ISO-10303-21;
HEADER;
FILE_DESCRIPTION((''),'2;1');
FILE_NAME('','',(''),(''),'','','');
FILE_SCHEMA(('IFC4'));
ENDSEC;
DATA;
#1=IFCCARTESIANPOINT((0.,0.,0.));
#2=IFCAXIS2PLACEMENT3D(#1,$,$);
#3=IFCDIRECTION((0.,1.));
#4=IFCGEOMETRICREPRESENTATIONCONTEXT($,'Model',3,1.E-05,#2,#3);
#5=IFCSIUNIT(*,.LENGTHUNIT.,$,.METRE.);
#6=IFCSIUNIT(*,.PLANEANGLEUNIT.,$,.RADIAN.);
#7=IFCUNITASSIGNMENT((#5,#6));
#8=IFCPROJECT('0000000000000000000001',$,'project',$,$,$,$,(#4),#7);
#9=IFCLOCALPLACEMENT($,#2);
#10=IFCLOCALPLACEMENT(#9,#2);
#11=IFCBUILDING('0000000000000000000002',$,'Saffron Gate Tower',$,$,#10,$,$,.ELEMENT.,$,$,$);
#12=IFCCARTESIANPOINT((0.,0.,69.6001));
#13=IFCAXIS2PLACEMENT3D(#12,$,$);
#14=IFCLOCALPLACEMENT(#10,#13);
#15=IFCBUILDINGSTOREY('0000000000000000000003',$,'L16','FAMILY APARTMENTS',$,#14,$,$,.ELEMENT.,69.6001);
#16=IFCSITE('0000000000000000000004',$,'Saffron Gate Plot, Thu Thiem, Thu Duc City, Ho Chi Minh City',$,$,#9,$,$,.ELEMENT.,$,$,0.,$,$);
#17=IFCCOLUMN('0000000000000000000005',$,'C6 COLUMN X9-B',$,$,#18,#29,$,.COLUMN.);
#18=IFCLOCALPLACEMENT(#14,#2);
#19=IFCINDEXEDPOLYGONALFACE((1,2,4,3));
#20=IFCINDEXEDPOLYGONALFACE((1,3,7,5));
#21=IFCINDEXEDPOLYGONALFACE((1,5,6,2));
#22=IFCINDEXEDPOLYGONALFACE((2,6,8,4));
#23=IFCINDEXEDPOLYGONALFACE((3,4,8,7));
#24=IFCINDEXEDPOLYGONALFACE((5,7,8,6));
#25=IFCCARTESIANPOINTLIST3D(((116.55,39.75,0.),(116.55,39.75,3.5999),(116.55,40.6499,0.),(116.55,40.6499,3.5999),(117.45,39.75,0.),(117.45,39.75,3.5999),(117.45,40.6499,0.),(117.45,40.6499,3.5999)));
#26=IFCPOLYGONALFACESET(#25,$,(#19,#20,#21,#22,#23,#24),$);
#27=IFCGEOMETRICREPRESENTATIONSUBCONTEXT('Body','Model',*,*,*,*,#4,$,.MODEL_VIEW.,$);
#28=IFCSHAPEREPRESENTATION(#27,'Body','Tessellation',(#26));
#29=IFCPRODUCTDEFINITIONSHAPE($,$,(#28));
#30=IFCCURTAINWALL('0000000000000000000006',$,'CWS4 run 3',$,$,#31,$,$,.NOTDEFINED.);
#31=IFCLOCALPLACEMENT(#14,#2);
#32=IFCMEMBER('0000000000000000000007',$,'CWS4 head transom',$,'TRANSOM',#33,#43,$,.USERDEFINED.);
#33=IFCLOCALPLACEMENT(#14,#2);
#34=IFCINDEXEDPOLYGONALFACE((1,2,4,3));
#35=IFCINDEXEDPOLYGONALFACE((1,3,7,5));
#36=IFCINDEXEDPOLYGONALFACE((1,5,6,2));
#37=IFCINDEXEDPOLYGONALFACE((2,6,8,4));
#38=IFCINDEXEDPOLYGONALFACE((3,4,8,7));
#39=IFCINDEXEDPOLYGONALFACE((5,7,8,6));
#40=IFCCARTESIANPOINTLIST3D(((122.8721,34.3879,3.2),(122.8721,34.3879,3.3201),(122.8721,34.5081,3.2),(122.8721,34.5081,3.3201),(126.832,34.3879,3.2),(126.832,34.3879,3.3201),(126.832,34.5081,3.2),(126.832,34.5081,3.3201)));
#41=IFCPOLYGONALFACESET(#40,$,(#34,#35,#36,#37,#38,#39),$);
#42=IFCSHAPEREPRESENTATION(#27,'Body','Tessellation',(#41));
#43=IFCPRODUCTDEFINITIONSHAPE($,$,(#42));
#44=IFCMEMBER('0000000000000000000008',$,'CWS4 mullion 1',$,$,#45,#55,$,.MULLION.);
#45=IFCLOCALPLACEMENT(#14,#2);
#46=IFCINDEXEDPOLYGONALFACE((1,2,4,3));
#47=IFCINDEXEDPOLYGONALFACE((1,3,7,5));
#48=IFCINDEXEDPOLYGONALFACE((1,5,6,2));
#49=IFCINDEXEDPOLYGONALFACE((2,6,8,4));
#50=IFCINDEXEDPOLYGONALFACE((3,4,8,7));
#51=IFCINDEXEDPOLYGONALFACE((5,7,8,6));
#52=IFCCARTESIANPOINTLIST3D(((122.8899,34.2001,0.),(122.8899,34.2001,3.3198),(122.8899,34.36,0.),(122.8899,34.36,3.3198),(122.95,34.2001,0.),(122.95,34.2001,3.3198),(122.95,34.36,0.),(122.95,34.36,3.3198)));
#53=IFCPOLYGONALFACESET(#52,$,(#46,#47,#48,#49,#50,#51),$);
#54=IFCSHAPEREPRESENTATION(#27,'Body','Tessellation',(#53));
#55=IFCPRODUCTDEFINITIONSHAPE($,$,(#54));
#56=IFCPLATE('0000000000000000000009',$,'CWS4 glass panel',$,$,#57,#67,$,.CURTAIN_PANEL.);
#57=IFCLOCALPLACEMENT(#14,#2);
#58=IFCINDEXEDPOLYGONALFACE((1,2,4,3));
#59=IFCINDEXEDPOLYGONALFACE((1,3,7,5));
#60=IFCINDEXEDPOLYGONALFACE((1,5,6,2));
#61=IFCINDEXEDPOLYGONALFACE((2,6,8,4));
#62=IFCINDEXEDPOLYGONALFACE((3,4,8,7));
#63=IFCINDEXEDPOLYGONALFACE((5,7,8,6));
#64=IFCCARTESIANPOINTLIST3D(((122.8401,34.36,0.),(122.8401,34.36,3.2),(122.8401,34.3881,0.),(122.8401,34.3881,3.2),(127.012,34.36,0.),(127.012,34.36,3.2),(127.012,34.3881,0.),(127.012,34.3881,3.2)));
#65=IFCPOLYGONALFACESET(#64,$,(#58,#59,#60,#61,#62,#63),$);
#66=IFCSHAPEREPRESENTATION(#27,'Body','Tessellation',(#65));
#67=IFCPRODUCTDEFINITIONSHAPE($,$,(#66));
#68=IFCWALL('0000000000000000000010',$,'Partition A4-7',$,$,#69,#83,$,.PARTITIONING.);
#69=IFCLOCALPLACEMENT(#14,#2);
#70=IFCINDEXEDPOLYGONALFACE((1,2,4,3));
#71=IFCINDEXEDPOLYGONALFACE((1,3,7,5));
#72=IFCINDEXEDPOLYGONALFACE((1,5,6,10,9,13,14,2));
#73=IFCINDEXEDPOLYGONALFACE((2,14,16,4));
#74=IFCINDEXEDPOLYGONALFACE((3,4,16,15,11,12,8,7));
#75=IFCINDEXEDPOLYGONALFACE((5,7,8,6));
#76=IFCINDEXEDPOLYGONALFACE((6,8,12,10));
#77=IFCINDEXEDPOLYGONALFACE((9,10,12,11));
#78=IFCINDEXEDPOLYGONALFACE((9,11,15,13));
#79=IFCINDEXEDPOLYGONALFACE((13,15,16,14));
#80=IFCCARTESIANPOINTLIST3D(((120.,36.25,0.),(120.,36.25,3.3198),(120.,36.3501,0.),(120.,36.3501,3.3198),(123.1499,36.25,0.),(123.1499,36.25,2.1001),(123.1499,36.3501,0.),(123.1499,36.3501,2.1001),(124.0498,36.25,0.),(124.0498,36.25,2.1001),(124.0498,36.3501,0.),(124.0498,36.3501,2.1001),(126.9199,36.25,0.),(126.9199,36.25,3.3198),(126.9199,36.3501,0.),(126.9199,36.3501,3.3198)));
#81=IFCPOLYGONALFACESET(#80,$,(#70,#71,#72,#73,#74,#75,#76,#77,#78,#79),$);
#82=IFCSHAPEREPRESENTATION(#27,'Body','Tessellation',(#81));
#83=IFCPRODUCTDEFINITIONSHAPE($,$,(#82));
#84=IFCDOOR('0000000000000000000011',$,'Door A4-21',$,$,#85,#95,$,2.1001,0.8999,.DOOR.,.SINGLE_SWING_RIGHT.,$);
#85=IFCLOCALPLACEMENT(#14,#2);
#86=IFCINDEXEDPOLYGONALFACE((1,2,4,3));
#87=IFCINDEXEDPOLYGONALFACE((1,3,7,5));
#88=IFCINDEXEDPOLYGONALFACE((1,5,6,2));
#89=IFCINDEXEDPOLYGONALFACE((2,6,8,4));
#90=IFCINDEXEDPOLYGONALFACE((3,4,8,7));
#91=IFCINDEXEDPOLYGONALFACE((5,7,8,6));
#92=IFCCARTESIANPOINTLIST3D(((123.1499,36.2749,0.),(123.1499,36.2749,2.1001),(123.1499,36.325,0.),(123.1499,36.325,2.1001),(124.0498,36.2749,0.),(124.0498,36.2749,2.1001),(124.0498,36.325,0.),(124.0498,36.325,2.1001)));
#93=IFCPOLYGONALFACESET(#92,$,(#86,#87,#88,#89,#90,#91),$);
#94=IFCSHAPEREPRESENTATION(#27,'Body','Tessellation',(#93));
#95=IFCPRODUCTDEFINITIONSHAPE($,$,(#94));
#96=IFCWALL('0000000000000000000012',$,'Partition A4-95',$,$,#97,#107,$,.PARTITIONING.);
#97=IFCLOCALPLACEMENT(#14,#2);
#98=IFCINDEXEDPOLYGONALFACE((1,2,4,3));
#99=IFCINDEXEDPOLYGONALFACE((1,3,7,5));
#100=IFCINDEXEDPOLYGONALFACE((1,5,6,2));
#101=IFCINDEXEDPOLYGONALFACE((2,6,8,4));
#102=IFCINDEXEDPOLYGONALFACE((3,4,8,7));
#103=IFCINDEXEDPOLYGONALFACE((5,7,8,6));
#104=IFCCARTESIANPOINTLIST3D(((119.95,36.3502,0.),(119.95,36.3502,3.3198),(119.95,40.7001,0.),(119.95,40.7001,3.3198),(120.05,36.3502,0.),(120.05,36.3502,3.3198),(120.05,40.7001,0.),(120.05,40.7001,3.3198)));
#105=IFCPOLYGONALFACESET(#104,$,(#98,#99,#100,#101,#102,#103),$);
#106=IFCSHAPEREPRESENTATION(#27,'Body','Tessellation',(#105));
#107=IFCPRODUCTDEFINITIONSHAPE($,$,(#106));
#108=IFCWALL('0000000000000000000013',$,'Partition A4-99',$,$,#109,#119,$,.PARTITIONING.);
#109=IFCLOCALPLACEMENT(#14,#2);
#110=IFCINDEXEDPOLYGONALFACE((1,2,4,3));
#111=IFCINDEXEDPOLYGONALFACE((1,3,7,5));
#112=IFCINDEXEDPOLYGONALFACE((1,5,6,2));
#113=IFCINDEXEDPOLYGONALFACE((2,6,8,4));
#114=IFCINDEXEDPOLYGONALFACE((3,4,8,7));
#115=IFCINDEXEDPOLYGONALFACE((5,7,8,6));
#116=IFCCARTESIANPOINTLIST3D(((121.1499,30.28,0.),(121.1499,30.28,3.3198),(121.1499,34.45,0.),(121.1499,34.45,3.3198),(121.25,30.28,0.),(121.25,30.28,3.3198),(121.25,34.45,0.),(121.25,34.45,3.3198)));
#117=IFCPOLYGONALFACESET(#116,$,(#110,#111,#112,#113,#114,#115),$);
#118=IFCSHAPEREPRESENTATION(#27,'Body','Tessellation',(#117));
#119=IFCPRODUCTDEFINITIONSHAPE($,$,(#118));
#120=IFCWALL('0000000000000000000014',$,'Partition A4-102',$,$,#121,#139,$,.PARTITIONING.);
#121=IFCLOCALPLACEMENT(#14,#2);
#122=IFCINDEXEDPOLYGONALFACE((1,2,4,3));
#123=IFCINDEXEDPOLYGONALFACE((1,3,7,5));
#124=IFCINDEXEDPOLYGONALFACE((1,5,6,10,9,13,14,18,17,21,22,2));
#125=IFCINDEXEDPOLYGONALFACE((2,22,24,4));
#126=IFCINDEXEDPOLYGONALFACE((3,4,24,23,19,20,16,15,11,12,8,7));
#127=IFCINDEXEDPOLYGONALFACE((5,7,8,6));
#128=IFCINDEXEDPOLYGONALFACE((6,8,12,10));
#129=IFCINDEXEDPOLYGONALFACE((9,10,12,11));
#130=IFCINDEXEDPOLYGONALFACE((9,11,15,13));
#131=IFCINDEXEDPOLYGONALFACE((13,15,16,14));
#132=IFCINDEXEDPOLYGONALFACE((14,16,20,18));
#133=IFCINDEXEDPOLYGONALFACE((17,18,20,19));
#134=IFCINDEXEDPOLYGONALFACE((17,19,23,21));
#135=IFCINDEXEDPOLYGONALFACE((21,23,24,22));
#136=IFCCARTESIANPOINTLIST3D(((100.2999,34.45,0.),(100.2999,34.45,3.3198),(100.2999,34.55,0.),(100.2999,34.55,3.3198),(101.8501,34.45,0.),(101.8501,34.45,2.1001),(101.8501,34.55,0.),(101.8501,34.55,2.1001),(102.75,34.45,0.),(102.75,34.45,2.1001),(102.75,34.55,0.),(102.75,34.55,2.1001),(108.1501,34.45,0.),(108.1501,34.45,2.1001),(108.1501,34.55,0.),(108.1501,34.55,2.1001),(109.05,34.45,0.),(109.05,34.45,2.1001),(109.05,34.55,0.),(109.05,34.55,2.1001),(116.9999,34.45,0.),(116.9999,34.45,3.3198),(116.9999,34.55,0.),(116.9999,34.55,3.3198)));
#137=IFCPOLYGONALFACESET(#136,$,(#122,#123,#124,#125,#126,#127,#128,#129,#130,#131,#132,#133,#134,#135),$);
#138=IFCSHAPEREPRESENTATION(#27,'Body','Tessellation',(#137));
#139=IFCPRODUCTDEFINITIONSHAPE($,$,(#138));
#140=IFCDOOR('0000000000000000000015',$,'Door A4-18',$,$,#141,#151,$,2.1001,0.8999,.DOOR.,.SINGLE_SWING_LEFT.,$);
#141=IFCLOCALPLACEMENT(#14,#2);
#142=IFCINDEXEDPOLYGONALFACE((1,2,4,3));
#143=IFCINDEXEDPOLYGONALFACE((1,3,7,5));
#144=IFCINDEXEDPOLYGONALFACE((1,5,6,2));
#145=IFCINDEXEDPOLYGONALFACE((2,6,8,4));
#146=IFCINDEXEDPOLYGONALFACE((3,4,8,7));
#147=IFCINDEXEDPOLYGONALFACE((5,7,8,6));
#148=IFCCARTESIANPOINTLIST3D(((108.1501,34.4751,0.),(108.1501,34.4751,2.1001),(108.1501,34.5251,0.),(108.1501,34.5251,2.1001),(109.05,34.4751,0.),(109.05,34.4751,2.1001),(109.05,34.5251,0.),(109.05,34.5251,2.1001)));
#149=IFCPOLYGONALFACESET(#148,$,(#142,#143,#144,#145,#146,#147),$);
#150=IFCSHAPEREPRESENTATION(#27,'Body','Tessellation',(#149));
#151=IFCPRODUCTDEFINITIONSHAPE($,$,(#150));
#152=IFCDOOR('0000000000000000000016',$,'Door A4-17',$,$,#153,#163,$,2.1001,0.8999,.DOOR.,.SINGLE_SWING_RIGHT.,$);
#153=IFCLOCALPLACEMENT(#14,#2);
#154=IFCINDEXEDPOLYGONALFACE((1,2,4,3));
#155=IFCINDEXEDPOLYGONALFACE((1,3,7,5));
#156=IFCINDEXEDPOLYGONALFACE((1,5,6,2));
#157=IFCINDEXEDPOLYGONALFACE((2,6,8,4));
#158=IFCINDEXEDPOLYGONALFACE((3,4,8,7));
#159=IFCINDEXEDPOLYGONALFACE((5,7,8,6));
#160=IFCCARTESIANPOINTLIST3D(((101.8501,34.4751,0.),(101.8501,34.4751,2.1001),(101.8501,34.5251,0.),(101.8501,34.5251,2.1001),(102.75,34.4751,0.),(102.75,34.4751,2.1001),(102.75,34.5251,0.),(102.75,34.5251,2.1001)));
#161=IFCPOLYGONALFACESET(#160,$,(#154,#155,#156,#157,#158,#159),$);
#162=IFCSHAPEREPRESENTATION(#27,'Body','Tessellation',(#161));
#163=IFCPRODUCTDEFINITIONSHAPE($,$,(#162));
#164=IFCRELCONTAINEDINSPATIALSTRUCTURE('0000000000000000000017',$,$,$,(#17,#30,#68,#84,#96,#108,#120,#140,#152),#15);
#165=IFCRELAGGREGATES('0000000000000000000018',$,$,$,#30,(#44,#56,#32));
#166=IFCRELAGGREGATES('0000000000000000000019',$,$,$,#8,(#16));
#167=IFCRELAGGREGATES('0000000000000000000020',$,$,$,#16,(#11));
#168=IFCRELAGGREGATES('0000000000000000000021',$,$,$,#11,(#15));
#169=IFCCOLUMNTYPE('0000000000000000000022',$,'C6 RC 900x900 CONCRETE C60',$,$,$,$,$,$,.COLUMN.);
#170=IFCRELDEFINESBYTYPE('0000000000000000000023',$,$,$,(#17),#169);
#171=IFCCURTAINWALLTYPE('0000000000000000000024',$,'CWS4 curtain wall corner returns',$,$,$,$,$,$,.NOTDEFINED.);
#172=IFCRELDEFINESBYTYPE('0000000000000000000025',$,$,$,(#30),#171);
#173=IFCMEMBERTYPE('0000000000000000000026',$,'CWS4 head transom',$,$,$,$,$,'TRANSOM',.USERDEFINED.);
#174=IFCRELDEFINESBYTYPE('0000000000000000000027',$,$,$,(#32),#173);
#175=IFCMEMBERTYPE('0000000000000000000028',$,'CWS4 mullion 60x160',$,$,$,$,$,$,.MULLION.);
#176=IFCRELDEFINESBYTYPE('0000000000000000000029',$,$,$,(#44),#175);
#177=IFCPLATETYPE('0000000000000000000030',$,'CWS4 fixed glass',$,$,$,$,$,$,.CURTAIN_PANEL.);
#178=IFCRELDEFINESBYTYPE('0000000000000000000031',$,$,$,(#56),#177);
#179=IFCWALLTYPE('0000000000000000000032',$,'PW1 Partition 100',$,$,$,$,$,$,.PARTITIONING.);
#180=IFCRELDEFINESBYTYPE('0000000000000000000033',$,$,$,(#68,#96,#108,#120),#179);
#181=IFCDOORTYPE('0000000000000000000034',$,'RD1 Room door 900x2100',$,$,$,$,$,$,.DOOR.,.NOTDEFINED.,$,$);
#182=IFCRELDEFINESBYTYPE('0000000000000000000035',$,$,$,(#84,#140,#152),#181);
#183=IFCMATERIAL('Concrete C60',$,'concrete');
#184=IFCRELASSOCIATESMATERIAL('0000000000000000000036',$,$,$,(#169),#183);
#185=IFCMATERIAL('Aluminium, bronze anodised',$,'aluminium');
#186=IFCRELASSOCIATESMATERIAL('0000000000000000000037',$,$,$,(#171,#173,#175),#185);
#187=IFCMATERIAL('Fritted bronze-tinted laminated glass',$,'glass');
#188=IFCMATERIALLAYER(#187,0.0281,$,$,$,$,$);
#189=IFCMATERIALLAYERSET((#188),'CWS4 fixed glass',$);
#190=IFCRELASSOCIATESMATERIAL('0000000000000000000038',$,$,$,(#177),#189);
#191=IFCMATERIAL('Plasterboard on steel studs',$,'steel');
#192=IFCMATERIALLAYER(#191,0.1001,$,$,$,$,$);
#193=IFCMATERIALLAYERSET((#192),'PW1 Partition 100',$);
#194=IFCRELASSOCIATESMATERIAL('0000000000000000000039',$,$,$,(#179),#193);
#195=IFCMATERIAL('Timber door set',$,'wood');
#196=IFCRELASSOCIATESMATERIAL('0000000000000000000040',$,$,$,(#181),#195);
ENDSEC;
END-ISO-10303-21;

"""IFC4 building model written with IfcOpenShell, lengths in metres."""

from ifc_helpers import new_model, si_unit, direction, frame, frame_2d, origin, origin_2d, place, context, subcontext, project, spatial, rectangle, extrude, material, layer, layer_set, material_profile, profile_set, type_object, element, fill, aggregate, save


model = new_model("IFC4")

# Units and contexts
model_context = context("Model", 3, precision=1e-05, world=origin(), true_north=direction((0.0, 1.0)))
body_context = subcontext(model_context, "Body", "Model", "MODEL_VIEW")
ifc_project = project(units=[si_unit("LENGTHUNIT", "METRE"), si_unit("PLANEANGLEUNIT", "RADIAN")], contexts=[model_context])

# Site, building, storey
site_placement = place(None, origin())
site = spatial("IfcSite", under=ifc_project, at=site_placement, Name="Saffron Gate Plot, Thu Thiem, Thu Duc City, Ho Chi Minh City", CompositionType="ELEMENT", RefElevation=0.0)
building_placement = place(site_placement, origin())
building = spatial("IfcBuilding", under=site, at=building_placement, Name="Saffron Gate Tower", CompositionType="ELEMENT")
storey_placement = place(building_placement, frame((0.0, 0.0, 69.6001)))
storey = spatial("IfcBuildingStorey", under=building, at=storey_placement, Name="L16", Description="FAMILY APARTMENTS", CompositionType="ELEMENT", Elevation=69.6001)

# Column
ifc_material_1 = material(Name="Concrete C60", Category="concrete")
ifc_material_profile_1 = material_profile(ifc_material_1, rectangle(XDim=0.8999, YDim=0.8999, at=origin_2d()))
ifc_profile_set_1 = profile_set([ifc_material_profile_1], Name="Concrete C60")
column_type = type_object("IfcColumnType", Name="C6 RC 900x900 CONCRETE C60", PredefinedType="COLUMN", material=ifc_profile_set_1)
column_placement = place(storey_placement, frame((117.0, 40.2, 0.0), z_axis=(0.0, 0.0, 1.0), x_axis=(1.0, 0.0, 0.0)))
element("IfcColumn", 1, at=column_placement, inside=storey, type_object=column_type, Name="C6 COLUMN X9-B", PredefinedType="COLUMN", context=body_context, shape_type="SweptSolid", body=[
    extrude(rectangle(XDim=0.8999, YDim=0.8999, at=origin_2d()), origin(), (0.0, 0.0, 1.0), 3.5999),
])

# Curtain wall, members, plate
ifc_material_2 = material(Name="Aluminium, bronze anodised", Category="aluminium")
curtain_wall_type = type_object("IfcCurtainWallType", Name="CWS4 curtain wall corner returns", PredefinedType="NOTDEFINED", material=ifc_material_2)
curtain_wall_placement = place(storey_placement, origin())
curtain_wall = element("IfcCurtainWall", 2, at=curtain_wall_placement, inside=storey, type_object=curtain_wall_type, Name="CWS4 run 3", PredefinedType="NOTDEFINED")
ifc_material_profile_2 = material_profile(ifc_material_2, rectangle(XDim=0.1201, YDim=0.1201, at=origin_2d()))
ifc_profile_set_2 = profile_set([ifc_material_profile_2], Name="Aluminium, bronze anodised")
member_type_1 = type_object("IfcMemberType", Name="CWS4 head transom", ElementType="TRANSOM", PredefinedType="USERDEFINED", material=ifc_profile_set_2)
member_1_placement = place(storey_placement, frame((122.8721, 34.448, 3.26), z_axis=(1.0, 0.0, 0.0), x_axis=(0.0, 1.0, 0.0)))
member_1 = element("IfcMember", 3, at=member_1_placement, type_object=member_type_1, Name="CWS4 head transom", ObjectType="TRANSOM", PredefinedType="USERDEFINED", context=body_context, shape_type="SweptSolid", body=[
    extrude(rectangle(XDim=0.1201, YDim=0.1201, at=origin_2d()), origin(), (0.0, 0.0, 1.0), 3.96),
])
ifc_material_profile_3 = material_profile(ifc_material_2, rectangle(XDim=0.1599, YDim=0.0601, at=origin_2d()))
ifc_profile_set_3 = profile_set([ifc_material_profile_3], Name="Aluminium, bronze anodised")
member_type_2 = type_object("IfcMemberType", Name="CWS4 mullion 60x160", PredefinedType="MULLION", material=ifc_profile_set_3)
member_2_placement = place(storey_placement, frame((122.9199, 34.28, 0.0), z_axis=(0.0, 0.0, 1.0), x_axis=(0.0, 1.0, 0.0)))
member_2 = element("IfcMember", 4, at=member_2_placement, type_object=member_type_2, Name="CWS4 mullion 1", PredefinedType="MULLION", context=body_context, shape_type="SweptSolid", body=[
    extrude(rectangle(XDim=0.1599, YDim=0.0601, at=origin_2d()), origin(), (0.0, 0.0, 1.0), 3.3198),
])
ifc_material_3 = material(Name="Fritted bronze-tinted laminated glass", Category="glass")
ifc_layer_1 = layer(ifc_material_3, 0.0281)
ifc_layer_set_1 = layer_set([ifc_layer_1], Name="CWS4 fixed glass")
plate_type = type_object("IfcPlateType", Name="CWS4 fixed glass", PredefinedType="CURTAIN_PANEL", material=ifc_layer_set_1)
plate_placement = place(storey_placement, frame((122.8401, 34.374, 0.0), z_axis=(0.0, 0.0, 1.0), x_axis=(1.0, 0.0, 0.0)))
plate = element("IfcPlate", 5, at=plate_placement, type_object=plate_type, Name="CWS4 glass panel", PredefinedType="CURTAIN_PANEL", context=body_context, shape_type="SweptSolid", body=[
    extrude(rectangle(XDim=4.1719, YDim=0.0281, at=frame_2d((2.0859, 0.0))), origin(), (0.0, 0.0, 1.0), 3.2),
])
aggregate(curtain_wall, [member_2, plate, member_1])

# Wall, opening, door
ifc_material_4 = material(Name="Plasterboard on steel studs", Category="steel")
ifc_layer_2 = layer(ifc_material_4, 0.1001)
ifc_layer_set_2 = layer_set([ifc_layer_2], Name="PW1 Partition 100")
wall_type_1 = type_object("IfcWallType", Name="PW1 Partition 100", PredefinedType="PARTITIONING", material=ifc_layer_set_2)
wall_1_placement = place(storey_placement, frame((120.0, 36.3, 0.0), z_axis=(0.0, 0.0, 1.0), x_axis=(1.0, 0.0, 0.0)))
wall_1 = element("IfcWall", 6, at=wall_1_placement, inside=storey, type_object=wall_type_1, Name="Partition A4-7", PredefinedType="PARTITIONING", context=body_context, shape_type="SweptSolid", body=[
    extrude(rectangle(XDim=6.9199, YDim=0.1001, at=frame_2d((3.46, 0.0))), origin(), (0.0, 0.0, 1.0), 3.3198),
])
opening_1_placement = place(wall_1_placement, frame((3.1499, 0.0, 0.0)))
opening_1 = element("IfcOpeningElement", 7, at=opening_1_placement, cuts=wall_1, PredefinedType="OPENING", context=body_context, shape_type="SweptSolid", body=[
    extrude(rectangle(XDim=0.8999, YDim=2.1001, at=frame_2d((0.45, 1.05))), frame((0.0, 0.0601, 0.0), z_axis=(0.0, -1.0, 0.0), x_axis=(1.0, 0.0, 0.0)), (0.0, 0.0, 1.0), 0.1201),
])
ifc_material_5 = material(Name="Timber door set", Category="wood")
door_type_1 = type_object("IfcDoorType", Name="RD1 Room door 900x2100", OperationType="NOTDEFINED", PredefinedType="DOOR", material=ifc_material_5)
door_1_placement = place(opening_1_placement, origin())
door_1 = element("IfcDoor", 8, at=door_1_placement, inside=storey, type_object=door_type_1, Name="Door A4-21", OperationType="SINGLE_SWING_RIGHT", OverallHeight=2.1001, OverallWidth=0.8999, PredefinedType="DOOR", context=body_context, shape_type="SweptSolid", body=[
    extrude(rectangle(XDim=0.8999, YDim=2.1001, at=frame_2d((0.45, 1.05))), frame((0.0, 0.0249, 0.0), z_axis=(0.0, -1.0, 0.0), x_axis=(1.0, 0.0, 0.0)), (0.0, 0.0, 1.0), 0.05),
])
fill(opening_1, door_1)

# Walls
wall_2_placement = place(storey_placement, frame((120.0, 40.7, 0.0), z_axis=(0.0, 0.0, 1.0), x_axis=(0.0, -1.0, 0.0)))
element("IfcWall", 9, at=wall_2_placement, inside=storey, type_object=wall_type_1, Name="Partition A4-95", PredefinedType="PARTITIONING", context=body_context, shape_type="SweptSolid", body=[
    extrude(rectangle(XDim=4.3499, YDim=0.1001, at=frame_2d((2.1748, 0.0))), origin(), (0.0, 0.0, 1.0), 3.3198),
])
wall_3_placement = place(storey_placement, frame((121.2, 34.45, 0.0), z_axis=(0.0, 0.0, 1.0), x_axis=(0.0, -1.0, 0.0)))
element("IfcWall", 10, at=wall_3_placement, inside=storey, type_object=wall_type_1, Name="Partition A4-99", PredefinedType="PARTITIONING", context=body_context, shape_type="SweptSolid", body=[
    extrude(rectangle(XDim=4.1699, YDim=0.1001, at=frame_2d((2.085, 0.0))), origin(), (0.0, 0.0, 1.0), 3.3198),
])

# Wall, openings, doors
wall_4_placement = place(storey_placement, frame((117.0, 34.5, 0.0), z_axis=(0.0, 0.0, 1.0), x_axis=(-1.0, 0.0, 0.0)))
wall_4 = element("IfcWall", 11, at=wall_4_placement, inside=storey, type_object=wall_type_1, Name="Partition A4-102", PredefinedType="PARTITIONING", context=body_context, shape_type="SweptSolid", body=[
    extrude(rectangle(XDim=16.7, YDim=0.1001, at=frame_2d((8.3501, 0.0))), origin(), (0.0, 0.0, 1.0), 3.3198),
])
opening_2_placement = place(wall_4_placement, frame((7.95, 0.0, 0.0)))
opening_2 = element("IfcOpeningElement", 12, at=opening_2_placement, cuts=wall_4, PredefinedType="OPENING", context=body_context, shape_type="SweptSolid", body=[
    extrude(rectangle(XDim=0.8999, YDim=2.1001, at=frame_2d((0.45, 1.05))), frame((0.0, 0.0601, 0.0), z_axis=(0.0, -1.0, 0.0), x_axis=(1.0, 0.0, 0.0)), (0.0, 0.0, 1.0), 0.1201),
])
opening_3_placement = place(wall_4_placement, frame((14.25, 0.0, 0.0)))
opening_3 = element("IfcOpeningElement", 13, at=opening_3_placement, cuts=wall_4, PredefinedType="OPENING", context=body_context, shape_type="SweptSolid", body=[
    extrude(rectangle(XDim=0.8999, YDim=2.1001, at=frame_2d((0.45, 1.05))), frame((0.0, 0.0601, 0.0), z_axis=(0.0, -1.0, 0.0), x_axis=(1.0, 0.0, 0.0)), (0.0, 0.0, 1.0), 0.1201),
])
door_2_placement = place(opening_2_placement, origin())
door_2 = element("IfcDoor", 14, at=door_2_placement, inside=storey, type_object=door_type_1, Name="Door A4-18", OperationType="SINGLE_SWING_LEFT", OverallHeight=2.1001, OverallWidth=0.8999, PredefinedType="DOOR", context=body_context, shape_type="SweptSolid", body=[
    extrude(rectangle(XDim=0.8999, YDim=2.1001, at=frame_2d((0.45, 1.05))), frame((0.0, 0.0249, 0.0), z_axis=(0.0, -1.0, 0.0), x_axis=(1.0, 0.0, 0.0)), (0.0, 0.0, 1.0), 0.05),
])
fill(opening_2, door_2)
door_3_placement = place(opening_3_placement, origin())
door_3 = element("IfcDoor", 15, at=door_3_placement, inside=storey, type_object=door_type_1, Name="Door A4-17", OperationType="SINGLE_SWING_RIGHT", OverallHeight=2.1001, OverallWidth=0.8999, PredefinedType="DOOR", context=body_context, shape_type="SweptSolid", body=[
    extrude(rectangle(XDim=0.8999, YDim=2.1001, at=frame_2d((0.45, 1.05))), frame((0.0, 0.0249, 0.0), z_axis=(0.0, -1.0, 0.0), x_axis=(1.0, 0.0, 0.0)), (0.0, 0.0, 1.0), 0.05),
])
fill(opening_3, door_3)

save(model, "model.ifc")
